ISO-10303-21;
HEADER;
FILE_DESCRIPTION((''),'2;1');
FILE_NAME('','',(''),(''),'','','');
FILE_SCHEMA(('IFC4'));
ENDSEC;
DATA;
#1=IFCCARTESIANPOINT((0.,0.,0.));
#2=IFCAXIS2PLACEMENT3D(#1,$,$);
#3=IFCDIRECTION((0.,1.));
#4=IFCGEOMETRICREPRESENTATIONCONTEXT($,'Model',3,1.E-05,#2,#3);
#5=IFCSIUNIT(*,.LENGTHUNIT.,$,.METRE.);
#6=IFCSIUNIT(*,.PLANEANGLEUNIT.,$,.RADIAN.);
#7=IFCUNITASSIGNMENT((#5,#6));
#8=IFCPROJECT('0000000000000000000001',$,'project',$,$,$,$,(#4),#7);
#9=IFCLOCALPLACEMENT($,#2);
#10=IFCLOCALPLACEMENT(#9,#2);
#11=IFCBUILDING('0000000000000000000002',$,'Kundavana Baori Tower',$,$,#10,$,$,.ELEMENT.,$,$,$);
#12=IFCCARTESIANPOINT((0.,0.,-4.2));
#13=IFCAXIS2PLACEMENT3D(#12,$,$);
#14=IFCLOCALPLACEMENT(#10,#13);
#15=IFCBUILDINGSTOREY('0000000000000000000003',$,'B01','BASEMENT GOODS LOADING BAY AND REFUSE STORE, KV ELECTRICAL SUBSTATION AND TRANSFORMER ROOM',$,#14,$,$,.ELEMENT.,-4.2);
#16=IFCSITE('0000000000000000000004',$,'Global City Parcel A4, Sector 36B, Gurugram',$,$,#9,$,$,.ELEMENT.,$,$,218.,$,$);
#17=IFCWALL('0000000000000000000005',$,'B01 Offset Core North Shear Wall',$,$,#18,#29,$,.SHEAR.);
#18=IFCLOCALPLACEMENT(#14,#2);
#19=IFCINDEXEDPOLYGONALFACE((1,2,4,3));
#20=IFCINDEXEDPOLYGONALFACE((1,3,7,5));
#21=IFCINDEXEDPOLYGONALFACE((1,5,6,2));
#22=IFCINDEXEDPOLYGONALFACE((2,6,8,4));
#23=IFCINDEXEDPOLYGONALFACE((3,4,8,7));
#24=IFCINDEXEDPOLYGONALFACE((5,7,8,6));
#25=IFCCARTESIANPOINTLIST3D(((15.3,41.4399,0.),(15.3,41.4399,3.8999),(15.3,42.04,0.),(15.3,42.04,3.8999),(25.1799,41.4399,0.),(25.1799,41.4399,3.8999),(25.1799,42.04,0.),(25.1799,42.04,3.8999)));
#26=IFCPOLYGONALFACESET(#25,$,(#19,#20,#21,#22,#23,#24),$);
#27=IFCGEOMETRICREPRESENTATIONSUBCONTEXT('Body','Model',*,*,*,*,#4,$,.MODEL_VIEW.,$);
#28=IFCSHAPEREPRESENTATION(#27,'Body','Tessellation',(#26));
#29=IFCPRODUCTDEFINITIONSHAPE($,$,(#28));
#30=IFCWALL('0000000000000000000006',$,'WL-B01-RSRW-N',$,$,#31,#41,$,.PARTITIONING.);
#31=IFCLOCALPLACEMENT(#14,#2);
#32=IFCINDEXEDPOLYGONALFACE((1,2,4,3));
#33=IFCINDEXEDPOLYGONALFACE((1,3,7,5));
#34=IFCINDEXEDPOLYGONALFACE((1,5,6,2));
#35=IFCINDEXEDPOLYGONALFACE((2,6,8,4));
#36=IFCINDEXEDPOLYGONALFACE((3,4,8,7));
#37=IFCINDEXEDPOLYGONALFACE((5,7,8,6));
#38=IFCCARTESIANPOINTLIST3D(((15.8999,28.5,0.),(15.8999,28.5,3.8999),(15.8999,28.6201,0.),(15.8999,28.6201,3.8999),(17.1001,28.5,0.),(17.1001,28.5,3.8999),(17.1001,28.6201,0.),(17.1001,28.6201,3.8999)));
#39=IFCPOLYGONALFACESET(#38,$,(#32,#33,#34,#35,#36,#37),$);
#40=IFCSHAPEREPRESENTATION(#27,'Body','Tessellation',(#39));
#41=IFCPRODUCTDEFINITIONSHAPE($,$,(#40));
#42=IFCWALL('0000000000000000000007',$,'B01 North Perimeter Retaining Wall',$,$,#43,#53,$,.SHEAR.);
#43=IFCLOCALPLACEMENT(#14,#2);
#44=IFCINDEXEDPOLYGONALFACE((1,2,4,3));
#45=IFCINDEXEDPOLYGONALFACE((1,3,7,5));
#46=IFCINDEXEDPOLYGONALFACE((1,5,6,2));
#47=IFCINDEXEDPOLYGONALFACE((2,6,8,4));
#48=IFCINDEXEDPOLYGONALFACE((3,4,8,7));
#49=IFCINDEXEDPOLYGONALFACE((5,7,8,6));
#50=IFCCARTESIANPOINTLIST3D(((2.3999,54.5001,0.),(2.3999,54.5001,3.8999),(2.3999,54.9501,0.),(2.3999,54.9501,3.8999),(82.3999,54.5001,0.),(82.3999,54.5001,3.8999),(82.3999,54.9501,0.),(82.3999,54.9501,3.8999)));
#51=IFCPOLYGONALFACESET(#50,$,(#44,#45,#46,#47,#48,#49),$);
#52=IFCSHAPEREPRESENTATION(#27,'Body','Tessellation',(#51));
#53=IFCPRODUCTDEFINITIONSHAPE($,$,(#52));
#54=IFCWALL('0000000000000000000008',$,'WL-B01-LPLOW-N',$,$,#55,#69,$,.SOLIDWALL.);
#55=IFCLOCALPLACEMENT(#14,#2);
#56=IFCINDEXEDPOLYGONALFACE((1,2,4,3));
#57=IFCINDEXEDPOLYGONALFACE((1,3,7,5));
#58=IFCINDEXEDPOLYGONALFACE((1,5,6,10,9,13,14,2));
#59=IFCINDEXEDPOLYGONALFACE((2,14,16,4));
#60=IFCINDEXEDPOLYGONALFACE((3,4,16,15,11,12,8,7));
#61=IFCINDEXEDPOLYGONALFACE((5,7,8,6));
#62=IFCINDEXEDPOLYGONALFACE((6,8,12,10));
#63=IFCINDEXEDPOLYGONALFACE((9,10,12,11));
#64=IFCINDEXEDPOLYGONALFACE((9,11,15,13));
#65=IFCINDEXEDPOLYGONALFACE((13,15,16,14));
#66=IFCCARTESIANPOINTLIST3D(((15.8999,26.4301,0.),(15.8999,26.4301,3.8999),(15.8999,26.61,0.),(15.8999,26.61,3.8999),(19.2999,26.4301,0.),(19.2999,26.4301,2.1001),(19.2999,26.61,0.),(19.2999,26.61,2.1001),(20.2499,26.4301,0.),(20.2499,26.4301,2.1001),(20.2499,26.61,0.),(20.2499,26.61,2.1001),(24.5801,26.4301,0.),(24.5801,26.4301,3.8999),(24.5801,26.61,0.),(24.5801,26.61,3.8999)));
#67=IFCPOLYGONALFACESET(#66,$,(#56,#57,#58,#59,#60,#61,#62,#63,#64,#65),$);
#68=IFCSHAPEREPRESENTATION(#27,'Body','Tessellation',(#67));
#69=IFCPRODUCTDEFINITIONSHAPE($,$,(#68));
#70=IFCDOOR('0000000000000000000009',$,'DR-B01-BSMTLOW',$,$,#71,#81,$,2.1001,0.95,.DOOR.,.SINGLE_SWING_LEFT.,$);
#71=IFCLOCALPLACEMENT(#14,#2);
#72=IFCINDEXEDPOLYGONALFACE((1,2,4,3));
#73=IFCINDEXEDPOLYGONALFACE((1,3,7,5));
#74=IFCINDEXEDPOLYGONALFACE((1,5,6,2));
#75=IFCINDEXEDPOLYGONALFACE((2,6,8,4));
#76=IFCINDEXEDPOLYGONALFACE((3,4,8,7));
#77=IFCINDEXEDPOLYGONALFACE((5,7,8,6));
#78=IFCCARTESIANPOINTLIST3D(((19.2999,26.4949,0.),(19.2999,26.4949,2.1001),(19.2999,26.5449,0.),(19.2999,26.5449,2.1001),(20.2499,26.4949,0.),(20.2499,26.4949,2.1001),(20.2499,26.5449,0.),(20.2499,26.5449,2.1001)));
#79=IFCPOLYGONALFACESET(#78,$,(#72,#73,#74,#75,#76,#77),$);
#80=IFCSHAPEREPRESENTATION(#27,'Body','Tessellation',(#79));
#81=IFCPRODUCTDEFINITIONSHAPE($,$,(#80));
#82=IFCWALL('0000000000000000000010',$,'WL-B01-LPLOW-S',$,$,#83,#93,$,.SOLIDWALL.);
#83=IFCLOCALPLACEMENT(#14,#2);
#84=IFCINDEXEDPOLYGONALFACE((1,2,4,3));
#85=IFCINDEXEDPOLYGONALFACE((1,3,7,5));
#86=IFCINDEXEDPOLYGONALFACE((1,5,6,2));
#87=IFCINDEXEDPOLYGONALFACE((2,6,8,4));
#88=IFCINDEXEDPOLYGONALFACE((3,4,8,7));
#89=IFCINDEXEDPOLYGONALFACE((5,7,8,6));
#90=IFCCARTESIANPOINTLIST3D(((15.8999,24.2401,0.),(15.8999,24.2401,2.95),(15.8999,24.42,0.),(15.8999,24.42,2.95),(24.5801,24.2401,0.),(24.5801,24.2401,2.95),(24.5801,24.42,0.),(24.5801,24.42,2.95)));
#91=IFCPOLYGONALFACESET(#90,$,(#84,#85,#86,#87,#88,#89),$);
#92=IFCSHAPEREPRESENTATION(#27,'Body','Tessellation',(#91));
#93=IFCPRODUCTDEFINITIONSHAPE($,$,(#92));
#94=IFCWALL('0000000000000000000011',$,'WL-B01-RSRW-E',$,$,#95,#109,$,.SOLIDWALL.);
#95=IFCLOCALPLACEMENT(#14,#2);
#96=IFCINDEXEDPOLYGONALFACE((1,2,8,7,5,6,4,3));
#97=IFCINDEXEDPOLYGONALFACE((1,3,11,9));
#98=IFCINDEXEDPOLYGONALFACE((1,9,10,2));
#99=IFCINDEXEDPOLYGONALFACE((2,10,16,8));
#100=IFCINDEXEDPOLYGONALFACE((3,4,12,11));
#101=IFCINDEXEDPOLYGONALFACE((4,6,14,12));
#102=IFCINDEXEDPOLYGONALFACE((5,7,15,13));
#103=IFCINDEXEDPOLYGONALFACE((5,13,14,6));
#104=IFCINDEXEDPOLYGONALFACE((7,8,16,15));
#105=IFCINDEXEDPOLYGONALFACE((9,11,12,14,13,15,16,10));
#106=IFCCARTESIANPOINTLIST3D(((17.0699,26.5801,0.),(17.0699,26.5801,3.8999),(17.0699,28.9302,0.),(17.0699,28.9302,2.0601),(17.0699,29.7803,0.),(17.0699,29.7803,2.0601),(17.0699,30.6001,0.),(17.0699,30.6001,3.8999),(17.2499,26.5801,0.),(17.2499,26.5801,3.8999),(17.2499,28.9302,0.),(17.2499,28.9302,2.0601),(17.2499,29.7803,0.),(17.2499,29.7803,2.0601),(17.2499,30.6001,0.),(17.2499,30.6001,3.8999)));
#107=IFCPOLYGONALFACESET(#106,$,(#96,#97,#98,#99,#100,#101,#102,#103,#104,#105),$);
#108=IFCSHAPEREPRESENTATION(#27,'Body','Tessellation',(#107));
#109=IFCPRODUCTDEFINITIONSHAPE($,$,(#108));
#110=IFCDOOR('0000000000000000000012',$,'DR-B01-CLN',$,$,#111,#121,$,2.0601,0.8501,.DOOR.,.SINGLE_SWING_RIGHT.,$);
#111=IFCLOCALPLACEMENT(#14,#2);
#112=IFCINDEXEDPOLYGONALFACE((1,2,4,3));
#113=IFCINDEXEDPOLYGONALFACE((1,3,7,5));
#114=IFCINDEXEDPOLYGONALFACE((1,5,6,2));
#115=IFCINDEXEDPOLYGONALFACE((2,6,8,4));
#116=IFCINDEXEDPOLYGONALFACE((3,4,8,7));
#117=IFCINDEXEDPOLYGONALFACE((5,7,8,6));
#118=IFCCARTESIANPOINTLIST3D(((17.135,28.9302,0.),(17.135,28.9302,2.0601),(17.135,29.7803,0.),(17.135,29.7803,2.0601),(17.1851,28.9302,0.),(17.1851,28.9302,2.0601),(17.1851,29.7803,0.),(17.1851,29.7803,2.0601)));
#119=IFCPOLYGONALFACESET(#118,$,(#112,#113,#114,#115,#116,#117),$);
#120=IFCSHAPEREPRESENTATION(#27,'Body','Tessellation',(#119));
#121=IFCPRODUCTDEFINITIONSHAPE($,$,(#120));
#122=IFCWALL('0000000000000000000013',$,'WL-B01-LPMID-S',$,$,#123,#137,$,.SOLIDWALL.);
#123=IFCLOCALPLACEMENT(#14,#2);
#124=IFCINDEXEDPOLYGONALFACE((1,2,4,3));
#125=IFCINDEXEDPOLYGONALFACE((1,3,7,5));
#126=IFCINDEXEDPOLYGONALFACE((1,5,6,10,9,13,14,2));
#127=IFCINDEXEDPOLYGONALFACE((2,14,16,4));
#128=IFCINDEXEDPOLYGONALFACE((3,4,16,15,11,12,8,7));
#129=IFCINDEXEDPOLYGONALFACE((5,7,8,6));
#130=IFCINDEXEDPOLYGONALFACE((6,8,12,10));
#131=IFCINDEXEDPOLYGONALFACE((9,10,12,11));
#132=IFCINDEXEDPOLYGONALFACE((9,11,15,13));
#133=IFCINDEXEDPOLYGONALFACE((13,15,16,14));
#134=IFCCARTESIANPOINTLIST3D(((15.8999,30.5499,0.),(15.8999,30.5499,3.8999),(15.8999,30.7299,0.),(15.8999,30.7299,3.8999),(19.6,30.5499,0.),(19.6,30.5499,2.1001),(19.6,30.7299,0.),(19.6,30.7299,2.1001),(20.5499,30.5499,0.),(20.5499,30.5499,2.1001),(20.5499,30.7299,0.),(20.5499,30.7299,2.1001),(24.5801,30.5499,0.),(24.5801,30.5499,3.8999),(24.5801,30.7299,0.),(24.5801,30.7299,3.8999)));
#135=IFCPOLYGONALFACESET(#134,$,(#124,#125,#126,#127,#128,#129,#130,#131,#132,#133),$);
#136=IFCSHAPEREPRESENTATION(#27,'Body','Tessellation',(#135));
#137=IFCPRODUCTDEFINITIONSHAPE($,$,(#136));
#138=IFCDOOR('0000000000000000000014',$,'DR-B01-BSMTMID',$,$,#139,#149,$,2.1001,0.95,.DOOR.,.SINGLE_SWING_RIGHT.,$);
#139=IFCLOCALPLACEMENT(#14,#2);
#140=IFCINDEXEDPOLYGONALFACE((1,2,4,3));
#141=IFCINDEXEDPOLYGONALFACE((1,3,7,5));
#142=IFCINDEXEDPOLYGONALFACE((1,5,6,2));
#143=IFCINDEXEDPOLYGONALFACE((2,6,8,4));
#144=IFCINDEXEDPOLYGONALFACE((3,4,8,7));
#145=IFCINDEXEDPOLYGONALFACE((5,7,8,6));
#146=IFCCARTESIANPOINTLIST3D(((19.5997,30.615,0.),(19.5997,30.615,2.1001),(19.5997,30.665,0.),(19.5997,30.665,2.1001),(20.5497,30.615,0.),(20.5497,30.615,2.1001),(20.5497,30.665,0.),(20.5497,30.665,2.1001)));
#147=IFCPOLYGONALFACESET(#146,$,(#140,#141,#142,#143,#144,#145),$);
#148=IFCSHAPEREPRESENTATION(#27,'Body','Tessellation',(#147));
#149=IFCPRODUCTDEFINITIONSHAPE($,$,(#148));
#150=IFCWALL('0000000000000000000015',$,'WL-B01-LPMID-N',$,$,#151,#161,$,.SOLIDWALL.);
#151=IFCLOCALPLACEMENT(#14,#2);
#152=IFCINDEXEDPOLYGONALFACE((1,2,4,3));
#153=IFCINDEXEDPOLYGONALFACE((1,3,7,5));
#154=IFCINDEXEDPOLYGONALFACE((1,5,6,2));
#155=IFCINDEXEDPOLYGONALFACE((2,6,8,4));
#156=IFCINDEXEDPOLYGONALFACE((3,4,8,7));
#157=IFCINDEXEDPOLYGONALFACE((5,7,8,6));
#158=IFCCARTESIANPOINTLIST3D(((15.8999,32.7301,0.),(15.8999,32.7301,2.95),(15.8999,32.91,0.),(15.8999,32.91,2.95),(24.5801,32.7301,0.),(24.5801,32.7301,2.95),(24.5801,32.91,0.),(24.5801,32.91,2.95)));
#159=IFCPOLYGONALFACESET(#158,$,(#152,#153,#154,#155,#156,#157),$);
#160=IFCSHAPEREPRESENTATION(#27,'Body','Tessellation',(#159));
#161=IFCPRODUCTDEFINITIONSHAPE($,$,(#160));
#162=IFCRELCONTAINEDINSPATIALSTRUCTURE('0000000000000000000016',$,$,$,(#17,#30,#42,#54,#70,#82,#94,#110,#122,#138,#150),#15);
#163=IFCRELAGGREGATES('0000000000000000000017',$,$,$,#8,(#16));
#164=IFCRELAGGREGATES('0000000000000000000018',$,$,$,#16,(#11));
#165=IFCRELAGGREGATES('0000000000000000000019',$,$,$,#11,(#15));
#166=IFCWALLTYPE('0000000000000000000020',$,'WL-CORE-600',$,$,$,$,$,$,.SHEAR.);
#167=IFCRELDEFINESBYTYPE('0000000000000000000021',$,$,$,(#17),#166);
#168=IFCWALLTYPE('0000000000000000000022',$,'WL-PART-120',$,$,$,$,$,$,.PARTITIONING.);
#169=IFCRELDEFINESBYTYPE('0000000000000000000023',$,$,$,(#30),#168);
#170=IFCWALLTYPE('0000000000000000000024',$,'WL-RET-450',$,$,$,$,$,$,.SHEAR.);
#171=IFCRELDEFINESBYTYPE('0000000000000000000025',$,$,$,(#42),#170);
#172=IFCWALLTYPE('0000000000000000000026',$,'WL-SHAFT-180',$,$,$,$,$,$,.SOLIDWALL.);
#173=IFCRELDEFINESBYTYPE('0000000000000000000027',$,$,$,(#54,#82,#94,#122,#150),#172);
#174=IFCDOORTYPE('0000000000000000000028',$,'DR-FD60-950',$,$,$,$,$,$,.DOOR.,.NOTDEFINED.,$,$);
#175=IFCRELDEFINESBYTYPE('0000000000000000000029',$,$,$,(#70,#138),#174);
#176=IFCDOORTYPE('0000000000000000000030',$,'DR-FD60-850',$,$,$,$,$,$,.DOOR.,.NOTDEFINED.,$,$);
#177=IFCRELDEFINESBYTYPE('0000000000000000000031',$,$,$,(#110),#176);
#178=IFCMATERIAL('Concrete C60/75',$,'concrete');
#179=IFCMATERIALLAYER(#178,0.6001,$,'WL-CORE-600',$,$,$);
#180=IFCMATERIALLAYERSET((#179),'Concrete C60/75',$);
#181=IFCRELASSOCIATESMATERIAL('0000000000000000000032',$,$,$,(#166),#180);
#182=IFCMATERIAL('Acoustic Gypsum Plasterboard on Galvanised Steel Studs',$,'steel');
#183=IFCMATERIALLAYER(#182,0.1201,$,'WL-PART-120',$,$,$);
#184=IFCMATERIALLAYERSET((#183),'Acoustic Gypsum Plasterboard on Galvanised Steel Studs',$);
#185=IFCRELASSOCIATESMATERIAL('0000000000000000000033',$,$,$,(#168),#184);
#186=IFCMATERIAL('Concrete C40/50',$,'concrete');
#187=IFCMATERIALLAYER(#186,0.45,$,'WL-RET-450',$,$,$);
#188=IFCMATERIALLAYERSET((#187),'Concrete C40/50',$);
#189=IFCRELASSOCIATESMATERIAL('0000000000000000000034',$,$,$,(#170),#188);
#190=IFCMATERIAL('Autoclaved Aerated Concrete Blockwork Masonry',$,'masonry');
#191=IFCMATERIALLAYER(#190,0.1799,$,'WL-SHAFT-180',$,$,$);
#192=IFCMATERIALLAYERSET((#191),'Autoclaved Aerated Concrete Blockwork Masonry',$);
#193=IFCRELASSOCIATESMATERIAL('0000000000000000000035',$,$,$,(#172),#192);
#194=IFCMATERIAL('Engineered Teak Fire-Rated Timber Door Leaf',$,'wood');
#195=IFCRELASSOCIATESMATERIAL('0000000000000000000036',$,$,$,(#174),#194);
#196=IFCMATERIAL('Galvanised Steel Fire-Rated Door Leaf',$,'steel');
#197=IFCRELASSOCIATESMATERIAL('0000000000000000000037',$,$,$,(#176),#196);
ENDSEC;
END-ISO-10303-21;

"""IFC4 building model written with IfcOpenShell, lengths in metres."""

from ifc_helpers import new_model, si_unit, direction, frame, frame_2d, origin, place, context, subcontext, project, spatial, rectangle, extrude, material, layer, layer_set, type_object, element, fill, save


model = new_model("IFC4")

# Units and contexts
model_context = context("Model", 3, precision=1e-05, world=origin(), true_north=direction((0.0, 1.0)))
body_context = subcontext(model_context, "Body", "Model", "MODEL_VIEW")
ifc_project = project(units=[si_unit("LENGTHUNIT", "METRE"), si_unit("PLANEANGLEUNIT", "RADIAN")], contexts=[model_context])

# Site, building, storey
site_placement = place(None, origin())
site = spatial("IfcSite", under=ifc_project, at=site_placement, Name="Global City Parcel A4, Sector 36B, Gurugram", CompositionType="ELEMENT", RefElevation=218.0)
building_placement = place(site_placement, origin())
building = spatial("IfcBuilding", under=site, at=building_placement, Name="Kundavana Baori Tower", CompositionType="ELEMENT")
storey_placement = place(building_placement, frame((0.0, 0.0, -4.2)))
storey = spatial("IfcBuildingStorey", under=building, at=storey_placement, Name="B01", Description="BASEMENT GOODS LOADING BAY AND REFUSE STORE, KV ELECTRICAL SUBSTATION AND TRANSFORMER ROOM", CompositionType="ELEMENT", Elevation=-4.2)

# Walls
ifc_material_1 = material(Name="Concrete C60/75", Category="concrete")
ifc_layer_1 = layer(ifc_material_1, 0.6001, Name="WL-CORE-600")
ifc_layer_set_1 = layer_set([ifc_layer_1], Name="Concrete C60/75")
wall_type_1 = type_object("IfcWallType", Name="WL-CORE-600", PredefinedType="SHEAR", material=ifc_layer_set_1)
wall_1_placement = place(storey_placement, frame((15.3, 41.74, 0.0), z_axis=(0.0, 0.0, 1.0), x_axis=(1.0, 0.0, 0.0)))
element("IfcWall", 1, at=wall_1_placement, inside=storey, type_object=wall_type_1, Name="B01 Offset Core North Shear Wall", PredefinedType="SHEAR", context=body_context, shape_type="SweptSolid", body=[
    extrude(rectangle(XDim=9.8799, YDim=0.6001, at=frame_2d((4.9399, 0.0))), origin(), (0.0, 0.0, 1.0), 3.8999),
])
ifc_material_2 = material(Name="Acoustic Gypsum Plasterboard on Galvanised Steel Studs", Category="steel")
ifc_layer_2 = layer(ifc_material_2, 0.1201, Name="WL-PART-120")
ifc_layer_set_2 = layer_set([ifc_layer_2], Name="Acoustic Gypsum Plasterboard on Galvanised Steel Studs")
wall_type_2 = type_object("IfcWallType", Name="WL-PART-120", PredefinedType="PARTITIONING", material=ifc_layer_set_2)
wall_2_placement = place(storey_placement, frame((15.8999, 28.5601, 0.0), z_axis=(0.0, 0.0, 1.0), x_axis=(1.0, 0.0, 0.0)))
element("IfcWall", 2, at=wall_2_placement, inside=storey, type_object=wall_type_2, Name="WL-B01-RSRW-N", PredefinedType="PARTITIONING", context=body_context, shape_type="SweptSolid", body=[
    extrude(rectangle(XDim=1.2002, YDim=0.1201, at=frame_2d((0.6001, 0.0))), origin(), (0.0, 0.0, 1.0), 3.8999),
])
ifc_material_3 = material(Name="Concrete C40/50", Category="concrete")
ifc_layer_3 = layer(ifc_material_3, 0.45, Name="WL-RET-450")
ifc_layer_set_3 = layer_set([ifc_layer_3], Name="Concrete C40/50")
wall_type_3 = type_object("IfcWallType", Name="WL-RET-450", PredefinedType="SHEAR", material=ifc_layer_set_3)
wall_3_placement = place(storey_placement, frame((2.3999, 54.7251, 0.0), z_axis=(0.0, 0.0, 1.0), x_axis=(1.0, 0.0, 0.0)))
element("IfcWall", 3, at=wall_3_placement, inside=storey, type_object=wall_type_3, Name="B01 North Perimeter Retaining Wall", PredefinedType="SHEAR", context=body_context, shape_type="SweptSolid", body=[
    extrude(rectangle(XDim=80.0, YDim=0.45, at=frame_2d((40.0, 0.0))), origin(), (0.0, 0.0, 1.0), 3.8999),
])

# Wall, opening, door
ifc_material_4 = material(Name="Autoclaved Aerated Concrete Blockwork Masonry", Category="masonry")
ifc_layer_4 = layer(ifc_material_4, 0.1799, Name="WL-SHAFT-180")
ifc_layer_set_4 = layer_set([ifc_layer_4], Name="Autoclaved Aerated Concrete Blockwork Masonry")
wall_type_4 = type_object("IfcWallType", Name="WL-SHAFT-180", PredefinedType="SOLIDWALL", material=ifc_layer_set_4)
wall_4_placement = place(storey_placement, frame((15.8999, 26.52, 0.0), z_axis=(0.0, 0.0, 1.0), x_axis=(1.0, 0.0, 0.0)))
wall_4 = element("IfcWall", 4, at=wall_4_placement, inside=storey, type_object=wall_type_4, Name="WL-B01-LPLOW-N", PredefinedType="SOLIDWALL", context=body_context, shape_type="SweptSolid", body=[
    extrude(rectangle(XDim=8.6802, YDim=0.1799, at=frame_2d((4.3401, 0.0))), origin(), (0.0, 0.0, 1.0), 3.8999),
])
opening_1_placement = place(wall_4_placement, frame((3.3999, 0.0, 0.0)))
opening_1 = element("IfcOpeningElement", 5, at=opening_1_placement, cuts=wall_4, PredefinedType="OPENING", context=body_context, shape_type="SweptSolid", body=[
    extrude(rectangle(XDim=0.95, YDim=2.1001, at=frame_2d((0.4751, 1.05))), frame((0.0, 0.1001, 0.0), z_axis=(0.0, -1.0, 0.0), x_axis=(1.0, 0.0, 0.0)), (0.0, 0.0, 1.0), 0.2),
])
ifc_material_5 = material(Name="Engineered Teak Fire-Rated Timber Door Leaf", Category="wood")
door_type_1 = type_object("IfcDoorType", Name="DR-FD60-950", OperationType="NOTDEFINED", PredefinedType="DOOR", material=ifc_material_5)
door_1_placement = place(opening_1_placement, origin())
door_1 = element("IfcDoor", 6, at=door_1_placement, inside=storey, type_object=door_type_1, Name="DR-B01-BSMTLOW", OperationType="SINGLE_SWING_LEFT", OverallHeight=2.1001, OverallWidth=0.95, PredefinedType="DOOR", context=body_context, shape_type="SweptSolid", body=[
    extrude(rectangle(XDim=0.95, YDim=2.1001, at=frame_2d((0.4751, 1.05))), frame((0.0, 0.0249, 0.0), z_axis=(0.0, -1.0, 0.0), x_axis=(1.0, 0.0, 0.0)), (0.0, 0.0, 1.0), 0.05),
])
fill(opening_1, door_1)

# Wall
wall_5_placement = place(storey_placement, frame((15.8999, 24.3301, 0.0), z_axis=(0.0, 0.0, 1.0), x_axis=(1.0, 0.0, 0.0)))
element("IfcWall", 7, at=wall_5_placement, inside=storey, type_object=wall_type_4, Name="WL-B01-LPLOW-S", PredefinedType="SOLIDWALL", context=body_context, shape_type="SweptSolid", body=[
    extrude(rectangle(XDim=8.6802, YDim=0.1799, at=frame_2d((4.3401, 0.0))), origin(), (0.0, 0.0, 1.0), 2.95),
])

# Walls, openings, doors
wall_6_placement = place(storey_placement, frame((17.1599, 26.5801, 0.0), z_axis=(0.0, 0.0, 1.0), x_axis=(0.0, 1.0, 0.0)))
wall_6 = element("IfcWall", 8, at=wall_6_placement, inside=storey, type_object=wall_type_4, Name="WL-B01-RSRW-E", PredefinedType="SOLIDWALL", context=body_context, shape_type="SweptSolid", body=[
    extrude(rectangle(XDim=4.02, YDim=0.1799, at=frame_2d((2.01, 0.0))), origin(), (0.0, 0.0, 1.0), 3.8999),
])
opening_2_placement = place(wall_6_placement, frame((2.3501, 0.0, 0.0)))
opening_2 = element("IfcOpeningElement", 9, at=opening_2_placement, cuts=wall_6, PredefinedType="OPENING", context=body_context, shape_type="SweptSolid", body=[
    extrude(rectangle(XDim=0.8501, YDim=2.0601, at=frame_2d((0.425, 1.03))), frame((0.0, 0.1001, 0.0), z_axis=(0.0, -1.0, 0.0), x_axis=(1.0, 0.0, 0.0)), (0.0, 0.0, 1.0), 0.2),
])
ifc_material_6 = material(Name="Galvanised Steel Fire-Rated Door Leaf", Category="steel")
door_type_2 = type_object("IfcDoorType", Name="DR-FD60-850", OperationType="NOTDEFINED", PredefinedType="DOOR", material=ifc_material_6)
door_2_placement = place(opening_2_placement, origin())
door_2 = element("IfcDoor", 10, at=door_2_placement, inside=storey, type_object=door_type_2, Name="DR-B01-CLN", OperationType="SINGLE_SWING_RIGHT", OverallHeight=2.0601, OverallWidth=0.8501, PredefinedType="DOOR", context=body_context, shape_type="SweptSolid", body=[
    extrude(rectangle(XDim=0.8501, YDim=2.0601, at=frame_2d((0.425, 1.03))), frame((0.0, 0.0249, 0.0), z_axis=(0.0, -1.0, 0.0), x_axis=(1.0, 0.0, 0.0)), (0.0, 0.0, 1.0), 0.05),
])
fill(opening_2, door_2)
wall_7_placement = place(storey_placement, frame((15.8999, 30.6399, 0.0), z_axis=(0.0, 0.0, 1.0), x_axis=(1.0, 0.0, 0.0)))
wall_7 = element("IfcWall", 11, at=wall_7_placement, inside=storey, type_object=wall_type_4, Name="WL-B01-LPMID-S", PredefinedType="SOLIDWALL", context=body_context, shape_type="SweptSolid", body=[
    extrude(rectangle(XDim=8.6802, YDim=0.1799, at=frame_2d((4.3401, 0.0))), origin(), (0.0, 0.0, 1.0), 3.8999),
])
opening_3_placement = place(wall_7_placement, frame((3.7, 0.0, 0.0)))
opening_3 = element("IfcOpeningElement", 12, at=opening_3_placement, cuts=wall_7, PredefinedType="OPENING", context=body_context, shape_type="SweptSolid", body=[
    extrude(rectangle(XDim=0.95, YDim=2.1001, at=frame_2d((0.4751, 1.05))), frame((0.0, 0.1001, 0.0), z_axis=(0.0, -1.0, 0.0), x_axis=(1.0, 0.0, 0.0)), (0.0, 0.0, 1.0), 0.2),
])
door_3_placement = place(opening_3_placement, frame((0.95, 0.0, 0.0), z_axis=(0.0, 0.0, 1.0), x_axis=(-1.0, 0.0, 0.0)))
door_3 = element("IfcDoor", 13, at=door_3_placement, inside=storey, type_object=door_type_1, Name="DR-B01-BSMTMID", OperationType="SINGLE_SWING_RIGHT", OverallHeight=2.1001, OverallWidth=0.95, PredefinedType="DOOR", context=body_context, shape_type="SweptSolid", body=[
    extrude(rectangle(XDim=0.95, YDim=2.1001, at=frame_2d((0.4751, 1.05))), frame((0.0, 0.0249, 0.0), z_axis=(0.0, -1.0, 0.0), x_axis=(1.0, 0.0, 0.0)), (0.0, 0.0, 1.0), 0.05),
])
fill(opening_3, door_3)

# Wall
wall_8_placement = place(storey_placement, frame((15.8999, 32.8201, 0.0), z_axis=(0.0, 0.0, 1.0), x_axis=(1.0, 0.0, 0.0)))
element("IfcWall", 14, at=wall_8_placement, inside=storey, type_object=wall_type_4, Name="WL-B01-LPMID-N", PredefinedType="SOLIDWALL", context=body_context, shape_type="SweptSolid", body=[
    extrude(rectangle(XDim=8.6802, YDim=0.1799, at=frame_2d((4.3401, 0.0))), origin(), (0.0, 0.0, 1.0), 2.95),
])

save(model, "model.ifc")
